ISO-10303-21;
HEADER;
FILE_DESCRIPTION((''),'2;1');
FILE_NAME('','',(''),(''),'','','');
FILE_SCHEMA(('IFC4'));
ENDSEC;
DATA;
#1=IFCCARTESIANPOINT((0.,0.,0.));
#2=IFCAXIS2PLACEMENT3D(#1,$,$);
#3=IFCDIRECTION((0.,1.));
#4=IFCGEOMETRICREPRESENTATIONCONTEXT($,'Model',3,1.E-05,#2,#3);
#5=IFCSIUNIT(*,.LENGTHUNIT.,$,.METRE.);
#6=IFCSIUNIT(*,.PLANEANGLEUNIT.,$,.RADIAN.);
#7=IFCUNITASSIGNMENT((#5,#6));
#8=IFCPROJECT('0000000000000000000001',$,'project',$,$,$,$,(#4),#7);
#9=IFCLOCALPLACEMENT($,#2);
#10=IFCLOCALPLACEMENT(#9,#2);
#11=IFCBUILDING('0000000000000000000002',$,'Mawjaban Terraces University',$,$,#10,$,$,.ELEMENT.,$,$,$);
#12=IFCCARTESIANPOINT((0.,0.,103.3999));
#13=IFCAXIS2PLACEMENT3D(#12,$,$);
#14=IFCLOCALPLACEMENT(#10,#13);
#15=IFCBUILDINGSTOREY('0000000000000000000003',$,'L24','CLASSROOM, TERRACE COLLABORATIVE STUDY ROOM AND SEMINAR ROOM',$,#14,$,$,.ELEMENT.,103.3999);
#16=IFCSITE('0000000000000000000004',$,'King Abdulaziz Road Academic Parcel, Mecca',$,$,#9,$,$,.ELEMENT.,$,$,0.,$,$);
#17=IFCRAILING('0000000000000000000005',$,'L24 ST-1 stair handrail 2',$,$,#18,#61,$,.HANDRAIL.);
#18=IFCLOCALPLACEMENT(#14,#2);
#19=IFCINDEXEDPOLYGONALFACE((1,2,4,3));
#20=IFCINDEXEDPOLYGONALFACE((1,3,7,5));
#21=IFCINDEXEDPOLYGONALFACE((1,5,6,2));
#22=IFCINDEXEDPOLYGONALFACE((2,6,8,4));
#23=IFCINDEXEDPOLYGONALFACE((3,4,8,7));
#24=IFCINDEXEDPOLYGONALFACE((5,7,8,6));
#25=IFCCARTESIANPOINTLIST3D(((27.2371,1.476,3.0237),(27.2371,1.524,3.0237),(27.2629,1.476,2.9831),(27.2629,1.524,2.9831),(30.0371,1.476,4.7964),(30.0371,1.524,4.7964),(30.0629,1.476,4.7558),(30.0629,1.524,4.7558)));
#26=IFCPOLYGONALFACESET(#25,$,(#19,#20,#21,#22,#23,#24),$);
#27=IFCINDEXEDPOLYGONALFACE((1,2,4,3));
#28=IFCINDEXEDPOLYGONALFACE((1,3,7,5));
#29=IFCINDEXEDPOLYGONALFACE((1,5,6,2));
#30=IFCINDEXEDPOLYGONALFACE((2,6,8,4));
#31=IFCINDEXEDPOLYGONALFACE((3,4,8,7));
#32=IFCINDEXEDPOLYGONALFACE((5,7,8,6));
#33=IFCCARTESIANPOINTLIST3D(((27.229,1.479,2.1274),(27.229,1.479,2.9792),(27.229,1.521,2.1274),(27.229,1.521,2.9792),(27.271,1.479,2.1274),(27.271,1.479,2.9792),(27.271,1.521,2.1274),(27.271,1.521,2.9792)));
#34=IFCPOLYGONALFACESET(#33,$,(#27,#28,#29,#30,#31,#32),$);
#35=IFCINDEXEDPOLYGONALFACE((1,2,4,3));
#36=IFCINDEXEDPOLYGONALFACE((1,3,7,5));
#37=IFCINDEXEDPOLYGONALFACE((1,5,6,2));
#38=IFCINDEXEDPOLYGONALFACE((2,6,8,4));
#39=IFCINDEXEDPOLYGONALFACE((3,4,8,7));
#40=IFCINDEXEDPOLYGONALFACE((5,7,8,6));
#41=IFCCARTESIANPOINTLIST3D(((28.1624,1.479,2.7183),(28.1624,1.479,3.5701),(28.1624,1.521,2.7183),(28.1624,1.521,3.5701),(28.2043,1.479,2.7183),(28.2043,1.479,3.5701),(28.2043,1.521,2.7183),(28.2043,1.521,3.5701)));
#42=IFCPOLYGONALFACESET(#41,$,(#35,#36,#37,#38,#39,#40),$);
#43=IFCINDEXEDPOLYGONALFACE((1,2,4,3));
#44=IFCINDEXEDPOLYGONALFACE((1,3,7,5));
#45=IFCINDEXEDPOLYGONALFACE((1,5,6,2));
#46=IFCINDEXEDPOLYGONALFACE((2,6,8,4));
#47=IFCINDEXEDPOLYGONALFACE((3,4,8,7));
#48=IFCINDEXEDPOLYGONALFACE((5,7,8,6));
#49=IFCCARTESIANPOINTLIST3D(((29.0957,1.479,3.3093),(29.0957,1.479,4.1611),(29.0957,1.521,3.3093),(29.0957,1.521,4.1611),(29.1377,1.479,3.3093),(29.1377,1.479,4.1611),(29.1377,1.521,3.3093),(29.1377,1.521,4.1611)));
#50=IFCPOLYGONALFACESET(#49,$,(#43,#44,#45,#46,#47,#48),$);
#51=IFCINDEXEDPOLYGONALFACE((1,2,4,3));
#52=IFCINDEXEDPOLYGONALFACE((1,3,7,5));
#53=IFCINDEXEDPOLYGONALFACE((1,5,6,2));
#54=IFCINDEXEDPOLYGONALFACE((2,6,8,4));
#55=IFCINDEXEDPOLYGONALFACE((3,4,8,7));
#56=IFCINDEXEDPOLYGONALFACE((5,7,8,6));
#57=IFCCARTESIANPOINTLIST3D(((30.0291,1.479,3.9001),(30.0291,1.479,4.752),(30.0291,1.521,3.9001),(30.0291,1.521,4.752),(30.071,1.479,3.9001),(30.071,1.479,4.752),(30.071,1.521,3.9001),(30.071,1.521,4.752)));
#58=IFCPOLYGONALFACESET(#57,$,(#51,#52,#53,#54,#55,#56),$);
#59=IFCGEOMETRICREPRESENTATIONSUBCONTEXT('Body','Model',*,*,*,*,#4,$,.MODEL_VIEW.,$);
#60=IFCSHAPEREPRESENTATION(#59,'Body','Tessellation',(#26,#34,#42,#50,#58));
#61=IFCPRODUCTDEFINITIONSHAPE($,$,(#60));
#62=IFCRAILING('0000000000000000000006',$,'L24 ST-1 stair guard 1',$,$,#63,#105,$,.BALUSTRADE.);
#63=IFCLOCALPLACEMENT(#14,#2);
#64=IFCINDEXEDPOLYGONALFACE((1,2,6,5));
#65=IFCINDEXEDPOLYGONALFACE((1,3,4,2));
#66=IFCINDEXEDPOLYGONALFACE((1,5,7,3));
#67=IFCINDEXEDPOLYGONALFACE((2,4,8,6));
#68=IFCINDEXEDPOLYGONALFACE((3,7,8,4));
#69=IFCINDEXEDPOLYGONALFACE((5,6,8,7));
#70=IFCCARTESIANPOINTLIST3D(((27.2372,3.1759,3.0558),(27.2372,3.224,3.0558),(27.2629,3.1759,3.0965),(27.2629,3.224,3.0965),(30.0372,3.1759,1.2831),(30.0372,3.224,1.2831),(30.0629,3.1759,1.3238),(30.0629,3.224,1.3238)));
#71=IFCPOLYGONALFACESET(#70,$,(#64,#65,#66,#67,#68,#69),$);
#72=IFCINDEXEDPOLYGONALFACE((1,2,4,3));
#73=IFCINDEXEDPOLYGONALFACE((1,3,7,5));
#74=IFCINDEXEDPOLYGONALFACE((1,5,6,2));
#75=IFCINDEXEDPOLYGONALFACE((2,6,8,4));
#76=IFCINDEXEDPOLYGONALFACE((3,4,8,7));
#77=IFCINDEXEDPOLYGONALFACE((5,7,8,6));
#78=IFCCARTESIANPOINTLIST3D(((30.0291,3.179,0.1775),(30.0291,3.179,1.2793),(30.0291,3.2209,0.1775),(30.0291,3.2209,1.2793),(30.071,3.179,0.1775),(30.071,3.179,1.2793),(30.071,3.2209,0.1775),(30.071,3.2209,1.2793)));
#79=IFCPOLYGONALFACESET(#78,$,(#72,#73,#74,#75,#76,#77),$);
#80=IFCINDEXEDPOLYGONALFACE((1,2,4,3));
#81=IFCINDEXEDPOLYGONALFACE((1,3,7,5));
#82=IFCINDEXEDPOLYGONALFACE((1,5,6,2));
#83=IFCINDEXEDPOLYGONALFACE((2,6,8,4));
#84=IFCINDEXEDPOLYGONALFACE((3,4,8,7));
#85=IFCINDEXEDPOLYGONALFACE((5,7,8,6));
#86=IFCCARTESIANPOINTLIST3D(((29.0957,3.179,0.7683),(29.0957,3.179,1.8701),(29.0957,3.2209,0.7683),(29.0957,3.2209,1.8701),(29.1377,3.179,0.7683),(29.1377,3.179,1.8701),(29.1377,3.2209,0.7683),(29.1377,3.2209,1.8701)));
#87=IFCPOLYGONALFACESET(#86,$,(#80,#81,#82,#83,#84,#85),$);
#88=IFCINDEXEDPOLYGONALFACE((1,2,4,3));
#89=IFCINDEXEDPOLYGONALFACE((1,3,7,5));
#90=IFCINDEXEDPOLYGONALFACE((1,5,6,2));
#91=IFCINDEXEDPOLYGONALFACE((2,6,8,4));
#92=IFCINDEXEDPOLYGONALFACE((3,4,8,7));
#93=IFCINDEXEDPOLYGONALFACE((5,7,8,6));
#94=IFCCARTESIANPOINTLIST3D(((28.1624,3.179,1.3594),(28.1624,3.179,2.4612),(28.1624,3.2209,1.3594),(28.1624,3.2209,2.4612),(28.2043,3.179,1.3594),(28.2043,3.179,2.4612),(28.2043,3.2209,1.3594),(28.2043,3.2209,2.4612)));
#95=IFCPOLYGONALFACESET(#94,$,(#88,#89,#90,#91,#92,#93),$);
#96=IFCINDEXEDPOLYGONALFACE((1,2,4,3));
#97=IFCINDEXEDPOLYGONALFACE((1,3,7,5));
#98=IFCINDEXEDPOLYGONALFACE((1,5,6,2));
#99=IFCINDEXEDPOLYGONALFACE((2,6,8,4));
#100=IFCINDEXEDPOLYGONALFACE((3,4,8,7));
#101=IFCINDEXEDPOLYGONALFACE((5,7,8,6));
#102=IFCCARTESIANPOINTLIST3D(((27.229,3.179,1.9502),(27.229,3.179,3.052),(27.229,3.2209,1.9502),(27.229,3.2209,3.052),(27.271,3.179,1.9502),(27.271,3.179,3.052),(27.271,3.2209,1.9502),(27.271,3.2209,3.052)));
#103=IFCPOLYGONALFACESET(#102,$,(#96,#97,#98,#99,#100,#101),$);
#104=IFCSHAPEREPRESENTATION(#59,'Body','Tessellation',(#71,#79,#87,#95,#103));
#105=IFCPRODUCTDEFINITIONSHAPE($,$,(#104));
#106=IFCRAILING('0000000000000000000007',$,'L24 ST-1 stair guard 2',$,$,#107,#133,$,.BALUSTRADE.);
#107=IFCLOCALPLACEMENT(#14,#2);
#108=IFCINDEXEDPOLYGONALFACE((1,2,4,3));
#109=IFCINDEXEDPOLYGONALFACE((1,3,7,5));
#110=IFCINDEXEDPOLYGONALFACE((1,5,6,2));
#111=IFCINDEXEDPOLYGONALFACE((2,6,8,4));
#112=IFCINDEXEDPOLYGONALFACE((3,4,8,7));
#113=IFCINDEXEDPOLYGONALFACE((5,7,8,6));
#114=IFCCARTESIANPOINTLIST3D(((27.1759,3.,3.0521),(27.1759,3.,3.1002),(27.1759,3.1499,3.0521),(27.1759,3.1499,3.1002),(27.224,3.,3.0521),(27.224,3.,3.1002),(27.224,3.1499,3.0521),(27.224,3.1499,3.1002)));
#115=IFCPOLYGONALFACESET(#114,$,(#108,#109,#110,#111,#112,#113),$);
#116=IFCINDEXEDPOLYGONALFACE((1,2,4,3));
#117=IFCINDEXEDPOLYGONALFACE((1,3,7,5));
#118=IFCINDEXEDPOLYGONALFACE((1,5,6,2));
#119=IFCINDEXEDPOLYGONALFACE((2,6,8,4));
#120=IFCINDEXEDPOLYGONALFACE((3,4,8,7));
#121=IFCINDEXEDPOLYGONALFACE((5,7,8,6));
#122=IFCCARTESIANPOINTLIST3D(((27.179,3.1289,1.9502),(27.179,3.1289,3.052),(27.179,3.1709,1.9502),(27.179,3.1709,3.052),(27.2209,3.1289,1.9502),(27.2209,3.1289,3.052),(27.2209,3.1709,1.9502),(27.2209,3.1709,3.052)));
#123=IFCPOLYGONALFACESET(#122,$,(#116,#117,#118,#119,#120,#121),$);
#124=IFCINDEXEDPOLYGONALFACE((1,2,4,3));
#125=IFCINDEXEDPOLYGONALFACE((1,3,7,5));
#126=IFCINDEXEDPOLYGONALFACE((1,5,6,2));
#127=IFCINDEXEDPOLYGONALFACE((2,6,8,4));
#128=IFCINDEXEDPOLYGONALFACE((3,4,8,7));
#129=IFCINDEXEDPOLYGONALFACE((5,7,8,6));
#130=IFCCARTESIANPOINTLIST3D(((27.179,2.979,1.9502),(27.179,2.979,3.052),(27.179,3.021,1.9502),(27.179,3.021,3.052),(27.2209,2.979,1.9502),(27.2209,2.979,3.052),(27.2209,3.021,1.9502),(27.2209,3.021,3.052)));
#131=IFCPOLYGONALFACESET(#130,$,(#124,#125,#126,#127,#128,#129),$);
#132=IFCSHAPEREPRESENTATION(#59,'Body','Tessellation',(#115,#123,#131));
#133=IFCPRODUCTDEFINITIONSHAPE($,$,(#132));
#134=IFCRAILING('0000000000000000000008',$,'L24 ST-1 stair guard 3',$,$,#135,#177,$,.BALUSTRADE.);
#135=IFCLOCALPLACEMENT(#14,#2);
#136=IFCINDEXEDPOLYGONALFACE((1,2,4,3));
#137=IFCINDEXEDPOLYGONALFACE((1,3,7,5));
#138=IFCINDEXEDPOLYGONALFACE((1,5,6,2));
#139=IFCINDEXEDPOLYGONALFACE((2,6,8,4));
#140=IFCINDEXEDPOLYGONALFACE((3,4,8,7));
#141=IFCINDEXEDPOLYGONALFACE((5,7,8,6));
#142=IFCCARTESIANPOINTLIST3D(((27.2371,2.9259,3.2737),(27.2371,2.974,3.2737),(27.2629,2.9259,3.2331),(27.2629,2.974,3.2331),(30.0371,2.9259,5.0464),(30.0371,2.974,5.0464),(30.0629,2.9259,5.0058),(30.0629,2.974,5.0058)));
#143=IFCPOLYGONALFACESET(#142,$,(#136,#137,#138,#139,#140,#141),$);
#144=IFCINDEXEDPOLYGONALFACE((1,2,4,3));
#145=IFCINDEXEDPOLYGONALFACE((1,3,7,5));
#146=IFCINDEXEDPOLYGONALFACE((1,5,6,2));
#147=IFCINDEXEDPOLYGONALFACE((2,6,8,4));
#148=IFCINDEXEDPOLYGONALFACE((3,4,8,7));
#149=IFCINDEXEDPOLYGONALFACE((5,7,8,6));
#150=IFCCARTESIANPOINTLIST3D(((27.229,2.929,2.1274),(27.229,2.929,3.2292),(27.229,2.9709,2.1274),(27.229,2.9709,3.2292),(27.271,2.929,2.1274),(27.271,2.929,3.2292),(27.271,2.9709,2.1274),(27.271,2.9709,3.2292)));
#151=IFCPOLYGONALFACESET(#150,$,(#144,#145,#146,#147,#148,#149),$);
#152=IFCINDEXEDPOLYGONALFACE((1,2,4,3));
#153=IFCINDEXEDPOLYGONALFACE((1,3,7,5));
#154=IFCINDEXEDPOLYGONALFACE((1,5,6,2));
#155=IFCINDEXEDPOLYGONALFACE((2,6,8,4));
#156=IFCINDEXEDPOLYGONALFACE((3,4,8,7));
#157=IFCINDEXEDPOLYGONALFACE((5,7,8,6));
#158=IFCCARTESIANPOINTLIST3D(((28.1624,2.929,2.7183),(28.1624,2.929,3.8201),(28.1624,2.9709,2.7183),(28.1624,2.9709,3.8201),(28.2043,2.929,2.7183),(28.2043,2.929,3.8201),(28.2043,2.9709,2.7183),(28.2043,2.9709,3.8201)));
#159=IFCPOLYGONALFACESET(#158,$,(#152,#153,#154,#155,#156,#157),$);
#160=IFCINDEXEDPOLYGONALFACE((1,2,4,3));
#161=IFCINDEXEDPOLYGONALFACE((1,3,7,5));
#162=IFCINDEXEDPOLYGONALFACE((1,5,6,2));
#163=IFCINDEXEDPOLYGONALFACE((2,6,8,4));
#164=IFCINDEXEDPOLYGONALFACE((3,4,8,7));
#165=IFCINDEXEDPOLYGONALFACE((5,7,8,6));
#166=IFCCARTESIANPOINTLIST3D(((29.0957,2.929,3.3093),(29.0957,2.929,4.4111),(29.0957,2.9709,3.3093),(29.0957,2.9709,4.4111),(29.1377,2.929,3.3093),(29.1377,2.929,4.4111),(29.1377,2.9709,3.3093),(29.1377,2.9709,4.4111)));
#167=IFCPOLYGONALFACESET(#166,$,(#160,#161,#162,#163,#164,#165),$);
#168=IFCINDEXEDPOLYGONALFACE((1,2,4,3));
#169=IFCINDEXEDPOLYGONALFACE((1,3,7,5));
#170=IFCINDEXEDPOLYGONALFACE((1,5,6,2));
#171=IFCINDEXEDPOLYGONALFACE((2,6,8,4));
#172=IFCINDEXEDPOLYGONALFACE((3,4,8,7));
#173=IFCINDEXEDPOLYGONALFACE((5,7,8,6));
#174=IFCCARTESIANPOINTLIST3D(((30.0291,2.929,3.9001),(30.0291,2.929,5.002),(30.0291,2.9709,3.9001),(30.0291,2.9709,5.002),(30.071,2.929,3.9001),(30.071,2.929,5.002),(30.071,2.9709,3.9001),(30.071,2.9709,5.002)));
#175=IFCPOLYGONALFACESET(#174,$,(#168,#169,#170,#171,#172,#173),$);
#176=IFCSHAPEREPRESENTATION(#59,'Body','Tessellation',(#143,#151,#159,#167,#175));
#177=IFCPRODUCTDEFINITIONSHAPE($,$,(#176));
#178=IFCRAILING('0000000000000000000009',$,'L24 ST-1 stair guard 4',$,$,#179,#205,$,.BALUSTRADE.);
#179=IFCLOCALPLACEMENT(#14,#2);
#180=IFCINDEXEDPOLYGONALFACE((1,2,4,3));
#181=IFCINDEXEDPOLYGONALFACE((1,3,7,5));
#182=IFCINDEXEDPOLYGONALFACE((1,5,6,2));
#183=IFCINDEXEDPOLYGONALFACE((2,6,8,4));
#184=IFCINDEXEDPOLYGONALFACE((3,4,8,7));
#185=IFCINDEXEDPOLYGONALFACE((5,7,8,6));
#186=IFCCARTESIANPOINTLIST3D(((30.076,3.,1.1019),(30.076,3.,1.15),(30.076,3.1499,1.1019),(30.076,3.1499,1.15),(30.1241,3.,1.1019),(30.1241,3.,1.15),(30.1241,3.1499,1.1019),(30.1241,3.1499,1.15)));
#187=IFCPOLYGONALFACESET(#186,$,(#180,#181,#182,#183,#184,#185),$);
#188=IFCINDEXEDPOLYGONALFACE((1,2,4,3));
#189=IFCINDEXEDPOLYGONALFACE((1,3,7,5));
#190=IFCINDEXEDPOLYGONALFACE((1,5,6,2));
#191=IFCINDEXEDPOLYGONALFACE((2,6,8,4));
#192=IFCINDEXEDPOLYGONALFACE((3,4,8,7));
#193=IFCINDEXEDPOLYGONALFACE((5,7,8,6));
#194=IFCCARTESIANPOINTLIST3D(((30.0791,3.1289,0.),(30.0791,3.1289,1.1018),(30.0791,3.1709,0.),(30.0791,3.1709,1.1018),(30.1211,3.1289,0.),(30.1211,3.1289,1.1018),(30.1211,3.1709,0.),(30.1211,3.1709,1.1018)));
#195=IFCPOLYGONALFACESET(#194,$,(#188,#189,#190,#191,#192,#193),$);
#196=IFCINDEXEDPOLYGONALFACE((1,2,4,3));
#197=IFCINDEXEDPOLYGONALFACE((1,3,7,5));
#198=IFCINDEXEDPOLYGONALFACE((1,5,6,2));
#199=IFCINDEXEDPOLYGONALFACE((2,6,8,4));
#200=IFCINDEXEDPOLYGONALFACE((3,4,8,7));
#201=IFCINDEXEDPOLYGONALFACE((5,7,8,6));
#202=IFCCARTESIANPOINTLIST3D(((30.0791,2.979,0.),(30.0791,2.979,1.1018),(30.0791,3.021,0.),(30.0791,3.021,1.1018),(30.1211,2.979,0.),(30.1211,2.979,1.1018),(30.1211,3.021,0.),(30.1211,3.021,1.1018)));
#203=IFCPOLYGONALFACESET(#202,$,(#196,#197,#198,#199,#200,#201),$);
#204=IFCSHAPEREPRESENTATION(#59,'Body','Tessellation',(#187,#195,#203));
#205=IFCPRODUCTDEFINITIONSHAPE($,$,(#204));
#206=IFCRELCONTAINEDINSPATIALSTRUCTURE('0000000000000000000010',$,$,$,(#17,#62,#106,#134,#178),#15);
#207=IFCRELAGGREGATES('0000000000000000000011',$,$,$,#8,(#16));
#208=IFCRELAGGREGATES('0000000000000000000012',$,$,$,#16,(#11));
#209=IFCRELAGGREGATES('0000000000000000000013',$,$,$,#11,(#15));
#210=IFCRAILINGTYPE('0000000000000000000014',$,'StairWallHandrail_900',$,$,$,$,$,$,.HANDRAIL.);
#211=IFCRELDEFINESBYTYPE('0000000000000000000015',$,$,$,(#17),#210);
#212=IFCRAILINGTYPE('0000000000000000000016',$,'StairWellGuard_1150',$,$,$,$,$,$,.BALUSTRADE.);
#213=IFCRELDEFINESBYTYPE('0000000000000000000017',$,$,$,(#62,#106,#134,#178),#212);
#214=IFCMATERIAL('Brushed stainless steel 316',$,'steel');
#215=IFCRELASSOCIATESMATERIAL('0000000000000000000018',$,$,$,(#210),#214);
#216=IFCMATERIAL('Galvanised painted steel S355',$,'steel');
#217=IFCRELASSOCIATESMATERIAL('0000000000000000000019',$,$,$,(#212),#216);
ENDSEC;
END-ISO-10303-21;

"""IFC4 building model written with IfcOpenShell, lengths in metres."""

from ifc_helpers import new_model, si_unit, direction, frame, origin, origin_2d, place, context, subcontext, project, spatial, rectangle, extrude, material, type_object, element, save


model = new_model("IFC4")

# Units and contexts
model_context = context("Model", 3, precision=1e-05, world=origin(), true_north=direction((0.0, 1.0)))
body_context = subcontext(model_context, "Body", "Model", "MODEL_VIEW")
ifc_project = project(units=[si_unit("LENGTHUNIT", "METRE"), si_unit("PLANEANGLEUNIT", "RADIAN")], contexts=[model_context])

# Site, building, storey
site_placement = place(None, origin())
site = spatial("IfcSite", under=ifc_project, at=site_placement, Name="King Abdulaziz Road Academic Parcel, Mecca", CompositionType="ELEMENT", RefElevation=0.0)
building_placement = place(site_placement, origin())
building = spatial("IfcBuilding", under=site, at=building_placement, Name="Mawjaban Terraces University", CompositionType="ELEMENT")
storey_placement = place(building_placement, frame((0.0, 0.0, 103.3999)))
storey = spatial("IfcBuildingStorey", under=building, at=storey_placement, Name="L24", Description="CLASSROOM, TERRACE COLLABORATIVE STUDY ROOM AND SEMINAR ROOM", CompositionType="ELEMENT", Elevation=103.3999)

# Railings
ifc_material_1 = material(Name="Brushed stainless steel 316", Category="steel")
railing_type_1 = type_object("IfcRailingType", Name="StairWallHandrail_900", PredefinedType="HANDRAIL", material=ifc_material_1)
railing_1_placement = place(storey_placement, frame((27.25, 1.5, 2.1274)))
element("IfcRailing", 1, at=railing_1_placement, inside=storey, type_object=railing_type_1, Name="L24 ST-1 stair handrail 2", PredefinedType="HANDRAIL", context=body_context, shape_type="SweptSolid", body=[
    extrude(rectangle(XDim=0.0481, YDim=0.0481, at=origin_2d()), frame((0.0, 0.0, 0.876), z_axis=(0.844909, 0.0, 0.53491), x_axis=(0.0, 1.0, 0.0)), (0.0, 0.0, 1.0), 3.314),
    extrude(rectangle(XDim=0.042, YDim=0.042, at=origin_2d()), origin(), (0.0, 0.0, 1.0), 0.8518),
    extrude(rectangle(XDim=0.042, YDim=0.042, at=origin_2d()), frame((0.9333, 0.0, 0.5908)), (0.0, 0.0, 1.0), 0.8518),
    extrude(rectangle(XDim=0.042, YDim=0.042, at=origin_2d()), frame((1.8667, 0.0, 1.1819)), (0.0, 0.0, 1.0), 0.8518),
    extrude(rectangle(XDim=0.042, YDim=0.042, at=origin_2d()), frame((2.8, 0.0, 1.7727)), (0.0, 0.0, 1.0), 0.8518),
])
ifc_material_2 = material(Name="Galvanised painted steel S355", Category="steel")
railing_type_2 = type_object("IfcRailingType", Name="StairWellGuard_1150", PredefinedType="BALUSTRADE", material=ifc_material_2)
railing_2_placement = place(storey_placement, frame((30.05, 3.2, 0.1775)))
element("IfcRailing", 2, at=railing_2_placement, inside=storey, type_object=railing_type_2, Name="L24 ST-1 stair guard 1", PredefinedType="BALUSTRADE", context=body_context, shape_type="SweptSolid", body=[
    extrude(rectangle(XDim=0.0481, YDim=0.0481, at=origin_2d()), frame((0.0, 0.0, 1.126), z_axis=(-0.844909, 0.0, 0.53491), x_axis=(0.0, -1.0, 0.0)), (0.0, 0.0, 1.0), 3.314),
    extrude(rectangle(XDim=0.042, YDim=0.042, at=origin_2d()), origin(), (0.0, 0.0, 1.0), 1.1018),
    extrude(rectangle(XDim=0.042, YDim=0.042, at=origin_2d()), frame((-0.9333, 0.0, 0.5908)), (0.0, 0.0, 1.0), 1.1018),
    extrude(rectangle(XDim=0.042, YDim=0.042, at=origin_2d()), frame((-1.8667, 0.0, 1.1819)), (0.0, 0.0, 1.0), 1.1018),
    extrude(rectangle(XDim=0.042, YDim=0.042, at=origin_2d()), frame((-2.8, 0.0, 1.7727)), (0.0, 0.0, 1.0), 1.1018),
])
railing_3_placement = place(storey_placement, frame((27.2, 3.1499, 1.9502)))
element("IfcRailing", 3, at=railing_3_placement, inside=storey, type_object=railing_type_2, Name="L24 ST-1 stair guard 2", PredefinedType="BALUSTRADE", context=body_context, shape_type="SweptSolid", body=[
    extrude(rectangle(XDim=0.0481, YDim=0.0481, at=origin_2d()), frame((0.0, 0.0, 1.126), z_axis=(0.0, -1.0, 0.0), x_axis=(1.0, 0.0, 0.0)), (0.0, 0.0, 1.0), 0.1499),
    extrude(rectangle(XDim=0.042, YDim=0.042, at=origin_2d()), origin(), (0.0, 0.0, 1.0), 1.1018),
    extrude(rectangle(XDim=0.042, YDim=0.042, at=origin_2d()), frame((0.0, -0.1499, 0.0)), (0.0, 0.0, 1.0), 1.1018),
])
railing_4_placement = place(storey_placement, frame((27.25, 2.95, 2.1274)))
element("IfcRailing", 4, at=railing_4_placement, inside=storey, type_object=railing_type_2, Name="L24 ST-1 stair guard 3", PredefinedType="BALUSTRADE", context=body_context, shape_type="SweptSolid", body=[
    extrude(rectangle(XDim=0.0481, YDim=0.0481, at=origin_2d()), frame((0.0, 0.0, 1.126), z_axis=(0.844909, 0.0, 0.53491), x_axis=(0.0, 1.0, 0.0)), (0.0, 0.0, 1.0), 3.314),
    extrude(rectangle(XDim=0.042, YDim=0.042, at=origin_2d()), origin(), (0.0, 0.0, 1.0), 1.1018),
    extrude(rectangle(XDim=0.042, YDim=0.042, at=origin_2d()), frame((0.9333, 0.0, 0.5908)), (0.0, 0.0, 1.0), 1.1018),
    extrude(rectangle(XDim=0.042, YDim=0.042, at=origin_2d()), frame((1.8667, 0.0, 1.1819)), (0.0, 0.0, 1.0), 1.1018),
    extrude(rectangle(XDim=0.042, YDim=0.042, at=origin_2d()), frame((2.8, 0.0, 1.7727)), (0.0, 0.0, 1.0), 1.1018),
])
railing_5_placement = place(storey_placement, frame((30.1001, 3.1499, 0.0)))
element("IfcRailing", 5, at=railing_5_placement, inside=storey, type_object=railing_type_2, Name="L24 ST-1 stair guard 4", PredefinedType="BALUSTRADE", context=body_context, shape_type="SweptSolid", body=[
    extrude(rectangle(XDim=0.0481, YDim=0.0481, at=origin_2d()), frame((0.0, 0.0, 1.126), z_axis=(0.0, -1.0, 0.0), x_axis=(1.0, 0.0, 0.0)), (0.0, 0.0, 1.0), 0.1499),
    extrude(rectangle(XDim=0.042, YDim=0.042, at=origin_2d()), origin(), (0.0, 0.0, 1.0), 1.1018),
    extrude(rectangle(XDim=0.042, YDim=0.042, at=origin_2d()), frame((0.0, -0.1499, 0.0)), (0.0, 0.0, 1.0), 1.1018),
])

save(model, "model.ifc")
